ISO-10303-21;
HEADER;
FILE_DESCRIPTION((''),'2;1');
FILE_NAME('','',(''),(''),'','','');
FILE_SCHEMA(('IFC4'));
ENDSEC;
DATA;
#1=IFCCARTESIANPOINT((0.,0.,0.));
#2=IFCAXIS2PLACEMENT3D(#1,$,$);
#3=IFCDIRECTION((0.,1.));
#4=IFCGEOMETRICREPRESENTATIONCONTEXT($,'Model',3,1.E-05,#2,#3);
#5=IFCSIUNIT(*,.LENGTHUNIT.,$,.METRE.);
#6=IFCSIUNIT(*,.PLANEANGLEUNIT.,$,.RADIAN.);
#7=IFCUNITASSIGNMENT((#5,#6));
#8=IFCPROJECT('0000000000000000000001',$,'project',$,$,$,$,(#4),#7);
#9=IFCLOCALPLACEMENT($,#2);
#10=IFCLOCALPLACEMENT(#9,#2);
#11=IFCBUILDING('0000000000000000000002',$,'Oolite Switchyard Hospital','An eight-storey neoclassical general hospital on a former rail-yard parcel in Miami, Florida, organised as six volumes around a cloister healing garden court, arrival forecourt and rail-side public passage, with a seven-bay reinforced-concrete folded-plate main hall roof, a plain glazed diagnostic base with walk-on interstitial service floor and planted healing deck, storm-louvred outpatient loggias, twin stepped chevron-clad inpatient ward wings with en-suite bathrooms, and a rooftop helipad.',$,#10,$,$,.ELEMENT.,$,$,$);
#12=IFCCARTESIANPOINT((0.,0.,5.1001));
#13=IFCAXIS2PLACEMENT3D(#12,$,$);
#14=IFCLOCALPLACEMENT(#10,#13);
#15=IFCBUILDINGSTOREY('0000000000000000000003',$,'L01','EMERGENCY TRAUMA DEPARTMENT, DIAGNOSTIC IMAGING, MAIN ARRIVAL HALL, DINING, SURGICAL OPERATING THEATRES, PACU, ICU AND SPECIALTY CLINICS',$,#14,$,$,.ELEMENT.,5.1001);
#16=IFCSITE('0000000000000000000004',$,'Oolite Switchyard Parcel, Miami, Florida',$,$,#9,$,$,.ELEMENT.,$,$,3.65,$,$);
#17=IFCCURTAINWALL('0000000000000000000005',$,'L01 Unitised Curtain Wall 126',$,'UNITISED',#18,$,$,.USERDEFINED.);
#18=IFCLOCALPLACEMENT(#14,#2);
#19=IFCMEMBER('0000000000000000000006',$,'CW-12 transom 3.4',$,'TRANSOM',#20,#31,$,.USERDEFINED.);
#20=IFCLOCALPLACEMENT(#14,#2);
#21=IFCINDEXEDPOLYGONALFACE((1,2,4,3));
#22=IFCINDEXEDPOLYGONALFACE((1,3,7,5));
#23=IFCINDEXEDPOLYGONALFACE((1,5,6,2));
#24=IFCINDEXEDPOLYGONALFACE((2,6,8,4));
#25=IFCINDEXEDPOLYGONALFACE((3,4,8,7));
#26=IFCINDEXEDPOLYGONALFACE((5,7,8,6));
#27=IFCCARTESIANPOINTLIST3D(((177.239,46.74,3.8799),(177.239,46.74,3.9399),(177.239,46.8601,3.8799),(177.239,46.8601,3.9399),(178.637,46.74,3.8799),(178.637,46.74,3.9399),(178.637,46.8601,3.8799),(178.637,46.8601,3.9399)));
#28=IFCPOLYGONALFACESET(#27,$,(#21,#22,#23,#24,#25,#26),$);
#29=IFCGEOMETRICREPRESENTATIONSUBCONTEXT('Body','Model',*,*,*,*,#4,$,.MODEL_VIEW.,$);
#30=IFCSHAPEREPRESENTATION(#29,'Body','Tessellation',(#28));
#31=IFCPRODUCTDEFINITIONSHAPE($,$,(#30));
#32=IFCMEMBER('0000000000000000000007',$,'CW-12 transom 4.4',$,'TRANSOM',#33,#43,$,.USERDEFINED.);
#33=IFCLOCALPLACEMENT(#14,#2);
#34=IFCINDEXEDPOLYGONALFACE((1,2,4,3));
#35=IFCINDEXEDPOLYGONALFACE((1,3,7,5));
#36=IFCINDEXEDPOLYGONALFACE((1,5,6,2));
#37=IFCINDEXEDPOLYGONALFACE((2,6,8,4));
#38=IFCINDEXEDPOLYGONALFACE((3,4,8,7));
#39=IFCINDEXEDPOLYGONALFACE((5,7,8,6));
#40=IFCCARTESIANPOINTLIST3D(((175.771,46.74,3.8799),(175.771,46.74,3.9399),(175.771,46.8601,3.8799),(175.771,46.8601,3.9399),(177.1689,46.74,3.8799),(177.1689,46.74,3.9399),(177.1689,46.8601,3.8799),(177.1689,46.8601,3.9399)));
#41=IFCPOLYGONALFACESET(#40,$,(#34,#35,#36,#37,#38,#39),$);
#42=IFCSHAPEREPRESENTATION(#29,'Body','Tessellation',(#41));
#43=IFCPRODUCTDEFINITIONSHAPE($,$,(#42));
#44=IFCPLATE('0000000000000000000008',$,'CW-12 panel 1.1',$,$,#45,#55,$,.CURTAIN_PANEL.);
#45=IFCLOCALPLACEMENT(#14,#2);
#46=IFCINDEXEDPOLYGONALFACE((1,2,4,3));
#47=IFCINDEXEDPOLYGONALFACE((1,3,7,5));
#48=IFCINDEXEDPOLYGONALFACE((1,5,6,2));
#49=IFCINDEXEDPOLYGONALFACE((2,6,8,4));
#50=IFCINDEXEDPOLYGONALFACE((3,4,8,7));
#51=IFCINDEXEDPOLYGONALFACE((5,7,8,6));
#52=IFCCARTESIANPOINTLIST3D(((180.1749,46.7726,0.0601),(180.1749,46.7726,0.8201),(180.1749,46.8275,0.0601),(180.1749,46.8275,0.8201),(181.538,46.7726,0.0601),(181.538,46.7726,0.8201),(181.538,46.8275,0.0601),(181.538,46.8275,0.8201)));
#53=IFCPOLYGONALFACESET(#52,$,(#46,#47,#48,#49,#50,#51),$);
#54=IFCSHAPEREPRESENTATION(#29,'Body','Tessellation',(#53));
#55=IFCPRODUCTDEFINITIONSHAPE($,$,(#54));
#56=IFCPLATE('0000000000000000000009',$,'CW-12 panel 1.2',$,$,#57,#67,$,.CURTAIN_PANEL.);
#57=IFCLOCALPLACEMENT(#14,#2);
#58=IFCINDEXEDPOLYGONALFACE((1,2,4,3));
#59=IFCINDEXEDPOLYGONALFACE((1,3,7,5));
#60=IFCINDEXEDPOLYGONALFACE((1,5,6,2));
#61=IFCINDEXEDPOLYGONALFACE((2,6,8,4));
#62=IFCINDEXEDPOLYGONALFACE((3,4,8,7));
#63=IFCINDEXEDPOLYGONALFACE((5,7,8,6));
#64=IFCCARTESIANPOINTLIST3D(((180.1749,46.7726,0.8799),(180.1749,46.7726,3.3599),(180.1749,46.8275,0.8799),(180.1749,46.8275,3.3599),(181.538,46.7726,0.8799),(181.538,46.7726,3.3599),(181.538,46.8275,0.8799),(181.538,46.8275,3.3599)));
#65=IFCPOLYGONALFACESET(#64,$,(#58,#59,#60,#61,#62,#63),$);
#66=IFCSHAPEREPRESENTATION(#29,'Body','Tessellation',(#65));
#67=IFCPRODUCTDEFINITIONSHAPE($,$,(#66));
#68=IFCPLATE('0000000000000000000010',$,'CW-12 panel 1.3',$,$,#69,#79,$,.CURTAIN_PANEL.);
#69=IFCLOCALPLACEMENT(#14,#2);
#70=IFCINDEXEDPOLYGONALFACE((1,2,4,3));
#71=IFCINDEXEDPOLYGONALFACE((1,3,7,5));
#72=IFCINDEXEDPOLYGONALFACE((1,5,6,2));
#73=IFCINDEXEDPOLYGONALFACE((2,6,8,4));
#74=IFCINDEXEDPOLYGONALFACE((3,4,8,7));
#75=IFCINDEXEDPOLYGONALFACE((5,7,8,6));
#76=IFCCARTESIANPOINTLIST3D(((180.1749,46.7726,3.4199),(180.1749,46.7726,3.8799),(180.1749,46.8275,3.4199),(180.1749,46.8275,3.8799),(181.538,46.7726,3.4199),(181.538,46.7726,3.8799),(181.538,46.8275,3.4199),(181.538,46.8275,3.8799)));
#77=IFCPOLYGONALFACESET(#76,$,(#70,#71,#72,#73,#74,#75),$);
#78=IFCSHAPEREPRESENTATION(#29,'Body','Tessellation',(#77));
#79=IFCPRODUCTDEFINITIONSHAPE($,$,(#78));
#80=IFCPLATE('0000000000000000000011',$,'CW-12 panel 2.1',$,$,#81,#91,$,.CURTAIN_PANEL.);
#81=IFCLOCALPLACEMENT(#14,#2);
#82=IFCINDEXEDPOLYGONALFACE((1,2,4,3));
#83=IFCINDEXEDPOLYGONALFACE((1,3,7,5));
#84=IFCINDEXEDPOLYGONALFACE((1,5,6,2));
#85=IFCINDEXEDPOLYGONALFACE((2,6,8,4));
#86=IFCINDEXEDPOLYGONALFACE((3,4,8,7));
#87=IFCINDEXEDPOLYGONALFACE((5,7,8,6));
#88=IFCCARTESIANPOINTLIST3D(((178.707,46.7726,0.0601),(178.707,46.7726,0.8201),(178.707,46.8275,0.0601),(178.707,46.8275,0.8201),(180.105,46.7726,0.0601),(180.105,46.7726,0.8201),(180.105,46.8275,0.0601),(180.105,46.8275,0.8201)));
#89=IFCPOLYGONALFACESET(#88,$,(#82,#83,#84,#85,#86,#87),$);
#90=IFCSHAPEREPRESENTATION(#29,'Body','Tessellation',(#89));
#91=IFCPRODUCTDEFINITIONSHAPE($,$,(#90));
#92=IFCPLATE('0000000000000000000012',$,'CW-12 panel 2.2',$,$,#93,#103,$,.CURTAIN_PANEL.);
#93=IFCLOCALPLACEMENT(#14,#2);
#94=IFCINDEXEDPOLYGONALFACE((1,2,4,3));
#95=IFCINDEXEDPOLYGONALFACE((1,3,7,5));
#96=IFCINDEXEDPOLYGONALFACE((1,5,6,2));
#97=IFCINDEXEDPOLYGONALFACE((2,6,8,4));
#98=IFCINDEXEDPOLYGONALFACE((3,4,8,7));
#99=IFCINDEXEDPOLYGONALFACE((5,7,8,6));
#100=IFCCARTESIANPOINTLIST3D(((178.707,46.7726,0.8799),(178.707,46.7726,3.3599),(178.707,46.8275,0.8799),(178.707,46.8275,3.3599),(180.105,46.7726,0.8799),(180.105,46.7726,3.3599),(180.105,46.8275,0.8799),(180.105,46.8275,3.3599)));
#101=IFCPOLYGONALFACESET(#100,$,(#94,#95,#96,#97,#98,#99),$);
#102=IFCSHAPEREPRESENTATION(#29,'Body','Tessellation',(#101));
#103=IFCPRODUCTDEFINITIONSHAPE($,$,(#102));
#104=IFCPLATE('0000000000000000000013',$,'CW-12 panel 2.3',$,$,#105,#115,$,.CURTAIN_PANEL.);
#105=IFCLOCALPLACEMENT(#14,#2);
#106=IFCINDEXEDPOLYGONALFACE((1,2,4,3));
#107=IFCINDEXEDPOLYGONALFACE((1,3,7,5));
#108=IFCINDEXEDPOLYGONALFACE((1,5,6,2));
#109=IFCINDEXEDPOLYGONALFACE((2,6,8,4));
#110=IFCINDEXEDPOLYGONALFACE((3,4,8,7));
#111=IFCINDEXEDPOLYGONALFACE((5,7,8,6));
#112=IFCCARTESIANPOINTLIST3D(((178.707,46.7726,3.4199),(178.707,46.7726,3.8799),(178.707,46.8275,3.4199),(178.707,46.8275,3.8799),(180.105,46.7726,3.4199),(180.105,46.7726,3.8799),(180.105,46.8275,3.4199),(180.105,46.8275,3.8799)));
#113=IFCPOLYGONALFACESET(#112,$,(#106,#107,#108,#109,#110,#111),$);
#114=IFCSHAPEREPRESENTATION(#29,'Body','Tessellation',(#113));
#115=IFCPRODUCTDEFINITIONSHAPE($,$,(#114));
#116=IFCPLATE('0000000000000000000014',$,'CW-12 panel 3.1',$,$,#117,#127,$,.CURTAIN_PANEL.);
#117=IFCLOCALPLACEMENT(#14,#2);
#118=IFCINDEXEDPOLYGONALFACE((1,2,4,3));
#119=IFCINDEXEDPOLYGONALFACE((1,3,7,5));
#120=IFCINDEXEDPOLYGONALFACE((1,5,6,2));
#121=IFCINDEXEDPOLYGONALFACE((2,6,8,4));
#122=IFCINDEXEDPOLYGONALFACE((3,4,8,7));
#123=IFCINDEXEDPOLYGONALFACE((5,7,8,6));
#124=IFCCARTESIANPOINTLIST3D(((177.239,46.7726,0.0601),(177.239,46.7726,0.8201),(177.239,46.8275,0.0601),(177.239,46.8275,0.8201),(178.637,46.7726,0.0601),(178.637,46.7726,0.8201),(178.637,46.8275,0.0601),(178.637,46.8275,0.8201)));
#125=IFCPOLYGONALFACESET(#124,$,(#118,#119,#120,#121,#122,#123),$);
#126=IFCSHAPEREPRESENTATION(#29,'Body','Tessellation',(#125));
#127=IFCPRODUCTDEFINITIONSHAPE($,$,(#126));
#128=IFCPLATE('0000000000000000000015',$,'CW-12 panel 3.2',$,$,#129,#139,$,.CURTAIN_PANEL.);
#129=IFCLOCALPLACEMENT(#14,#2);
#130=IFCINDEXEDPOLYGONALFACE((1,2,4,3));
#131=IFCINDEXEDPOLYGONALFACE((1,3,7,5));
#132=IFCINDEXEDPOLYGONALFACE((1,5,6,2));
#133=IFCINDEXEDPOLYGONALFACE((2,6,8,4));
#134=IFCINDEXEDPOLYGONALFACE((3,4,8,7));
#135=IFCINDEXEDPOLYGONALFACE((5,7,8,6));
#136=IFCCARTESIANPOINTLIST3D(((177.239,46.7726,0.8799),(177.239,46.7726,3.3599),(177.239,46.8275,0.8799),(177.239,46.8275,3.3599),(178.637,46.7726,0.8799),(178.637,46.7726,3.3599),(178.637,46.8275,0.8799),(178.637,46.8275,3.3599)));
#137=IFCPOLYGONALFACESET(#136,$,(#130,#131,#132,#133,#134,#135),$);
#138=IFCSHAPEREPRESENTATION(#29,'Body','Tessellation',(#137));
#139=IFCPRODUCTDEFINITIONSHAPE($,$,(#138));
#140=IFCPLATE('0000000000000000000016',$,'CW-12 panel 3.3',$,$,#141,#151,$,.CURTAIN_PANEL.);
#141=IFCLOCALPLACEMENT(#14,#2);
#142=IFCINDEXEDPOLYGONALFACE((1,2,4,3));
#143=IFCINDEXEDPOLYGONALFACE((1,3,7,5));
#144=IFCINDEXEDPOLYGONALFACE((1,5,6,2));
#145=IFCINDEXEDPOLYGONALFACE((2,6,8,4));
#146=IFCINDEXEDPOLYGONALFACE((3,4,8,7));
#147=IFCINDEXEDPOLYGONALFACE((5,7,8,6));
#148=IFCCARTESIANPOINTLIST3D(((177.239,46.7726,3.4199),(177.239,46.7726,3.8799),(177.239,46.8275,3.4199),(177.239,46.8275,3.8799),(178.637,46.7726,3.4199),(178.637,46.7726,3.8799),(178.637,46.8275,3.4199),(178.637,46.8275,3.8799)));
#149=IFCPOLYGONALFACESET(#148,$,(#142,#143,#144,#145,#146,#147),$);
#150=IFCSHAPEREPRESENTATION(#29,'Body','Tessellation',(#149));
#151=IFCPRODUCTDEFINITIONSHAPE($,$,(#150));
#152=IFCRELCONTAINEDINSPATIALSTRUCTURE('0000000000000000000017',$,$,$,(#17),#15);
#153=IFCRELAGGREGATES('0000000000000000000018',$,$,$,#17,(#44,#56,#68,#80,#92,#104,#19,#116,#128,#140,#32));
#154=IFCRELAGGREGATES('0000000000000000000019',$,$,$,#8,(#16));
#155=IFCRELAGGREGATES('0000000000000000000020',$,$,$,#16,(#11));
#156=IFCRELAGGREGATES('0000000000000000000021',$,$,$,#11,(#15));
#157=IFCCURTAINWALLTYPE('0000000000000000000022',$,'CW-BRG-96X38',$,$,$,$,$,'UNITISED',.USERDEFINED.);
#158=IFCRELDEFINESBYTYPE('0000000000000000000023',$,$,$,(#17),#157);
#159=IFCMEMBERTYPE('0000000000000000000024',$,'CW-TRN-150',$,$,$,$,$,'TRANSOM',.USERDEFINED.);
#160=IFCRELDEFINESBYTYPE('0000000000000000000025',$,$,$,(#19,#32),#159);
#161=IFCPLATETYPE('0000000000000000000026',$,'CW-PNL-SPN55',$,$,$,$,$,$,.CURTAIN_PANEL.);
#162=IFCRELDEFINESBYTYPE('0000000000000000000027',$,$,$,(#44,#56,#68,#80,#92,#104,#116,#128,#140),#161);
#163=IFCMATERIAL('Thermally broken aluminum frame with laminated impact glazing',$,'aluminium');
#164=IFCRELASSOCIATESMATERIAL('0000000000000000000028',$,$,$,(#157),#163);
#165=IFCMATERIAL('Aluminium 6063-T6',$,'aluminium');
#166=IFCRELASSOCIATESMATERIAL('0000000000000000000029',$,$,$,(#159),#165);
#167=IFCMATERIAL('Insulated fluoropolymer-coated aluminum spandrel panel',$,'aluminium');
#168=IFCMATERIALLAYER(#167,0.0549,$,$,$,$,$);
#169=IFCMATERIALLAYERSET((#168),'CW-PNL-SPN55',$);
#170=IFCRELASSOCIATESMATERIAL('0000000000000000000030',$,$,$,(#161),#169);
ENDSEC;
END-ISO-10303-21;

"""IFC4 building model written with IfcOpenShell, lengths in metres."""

from ifc_helpers import new_model, si_unit, direction, frame, origin, origin_2d, place, context, subcontext, project, spatial, rectangle, extrude, material, layer, layer_set, material_profile, profile_set, type_object, element, aggregate, save


model = new_model("IFC4")

# Units and contexts
model_context = context("Model", 3, precision=1e-05, world=origin(), true_north=direction((0.0, 1.0)))
body_context = subcontext(model_context, "Body", "Model", "MODEL_VIEW")
ifc_project = project(units=[si_unit("LENGTHUNIT", "METRE"), si_unit("PLANEANGLEUNIT", "RADIAN")], contexts=[model_context])

# Site, building, storey
site_placement = place(None, origin())
site = spatial("IfcSite", under=ifc_project, at=site_placement, Name="Oolite Switchyard Parcel, Miami, Florida", CompositionType="ELEMENT", RefElevation=3.65)
building_placement = place(site_placement, origin())
building = spatial("IfcBuilding", under=site, at=building_placement, Name="Oolite Switchyard Hospital", Description="An eight-storey neoclassical general hospital on a former rail-yard parcel in Miami, Florida, organised as six volumes around a cloister healing garden court, arrival forecourt and rail-side public passage, with a seven-bay reinforced-concrete folded-plate main hall roof, a plain glazed diagnostic base with walk-on interstitial service floor and planted healing deck, storm-louvred outpatient loggias, twin stepped chevron-clad inpatient ward wings with en-suite bathrooms, and a rooftop helipad.", CompositionType="ELEMENT")
storey_placement = place(building_placement, frame((0.0, 0.0, 5.1001)))
storey = spatial("IfcBuildingStorey", under=building, at=storey_placement, Name="L01", Description="EMERGENCY TRAUMA DEPARTMENT, DIAGNOSTIC IMAGING, MAIN ARRIVAL HALL, DINING, SURGICAL OPERATING THEATRES, PACU, ICU AND SPECIALTY CLINICS", CompositionType="ELEMENT", Elevation=5.1001)

# Curtain wall, members, plates
ifc_material_1 = material(Name="Thermally broken aluminum frame with laminated impact glazing", Category="aluminium")
curtain_wall_type = type_object("IfcCurtainWallType", Name="CW-BRG-96X38", ElementType="UNITISED", PredefinedType="USERDEFINED", material=ifc_material_1)
curtain_wall_placement = place(storey_placement, origin())
curtain_wall = element("IfcCurtainWall", 1, at=curtain_wall_placement, inside=storey, type_object=curtain_wall_type, Name="L01 Unitised Curtain Wall 126", ObjectType="UNITISED", PredefinedType="USERDEFINED")
ifc_material_2 = material(Name="Aluminium 6063-T6", Category="aluminium")
ifc_material_profile_1 = material_profile(ifc_material_2, rectangle(XDim=0.1201, YDim=0.0601, at=origin_2d()), Name="CWT60X120")
ifc_profile_set_1 = profile_set([ifc_material_profile_1], Name="Aluminium 6063-T6")
member_type_1 = type_object("IfcMemberType", Name="CW-TRN-150", ElementType="TRANSOM", PredefinedType="USERDEFINED", material=ifc_profile_set_1)
member_1_placement = place(storey_placement, frame((178.637, 46.8, 3.9099), z_axis=(-1.0, 0.0, 0.0), x_axis=(0.0, -1.0, 0.0)))
member_1 = element("IfcMember", 2, at=member_1_placement, type_object=member_type_1, Name="CW-12 transom 3.4", ObjectType="TRANSOM", PredefinedType="USERDEFINED", context=body_context, shape_type="SweptSolid", body=[
    extrude(rectangle(XDim=0.1201, YDim=0.0601, at=origin_2d()), origin(), (0.0, 0.0, 1.0), 1.3979),
])
member_2_placement = place(storey_placement, frame((177.1689, 46.8, 3.9099), z_axis=(-1.0, 0.0, 0.0), x_axis=(0.0, -1.0, 0.0)))
member_2 = element("IfcMember", 3, at=member_2_placement, type_object=member_type_1, Name="CW-12 transom 4.4", ObjectType="TRANSOM", PredefinedType="USERDEFINED", context=body_context, shape_type="SweptSolid", body=[
    extrude(rectangle(XDim=0.1201, YDim=0.0601, at=origin_2d()), origin(), (0.0, 0.0, 1.0), 1.3979),
])
ifc_material_3 = material(Name="Insulated fluoropolymer-coated aluminum spandrel panel", Category="aluminium")
ifc_layer = layer(ifc_material_3, 0.0549)
ifc_layer_set = layer_set([ifc_layer], Name="CW-PNL-SPN55")
plate_type = type_object("IfcPlateType", Name="CW-PNL-SPN55", PredefinedType="CURTAIN_PANEL", material=ifc_layer_set)
plate_1_placement = place(storey_placement, frame((180.8564, 46.8, 0.0601), z_axis=(0.0, 0.0, 1.0), x_axis=(-1.0, 0.0, 0.0)))
plate_1 = element("IfcPlate", 4, at=plate_1_placement, type_object=plate_type, Name="CW-12 panel 1.1", PredefinedType="CURTAIN_PANEL", context=body_context, shape_type="SweptSolid", body=[
    extrude(rectangle(XDim=1.363, YDim=0.0549, at=origin_2d()), origin(), (0.0, 0.0, 1.0), 0.76),
])
plate_2_placement = place(storey_placement, frame((180.8564, 46.8, 0.8799), z_axis=(0.0, 0.0, 1.0), x_axis=(-1.0, 0.0, 0.0)))
plate_2 = element("IfcPlate", 5, at=plate_2_placement, type_object=plate_type, Name="CW-12 panel 1.2", PredefinedType="CURTAIN_PANEL", context=body_context, shape_type="SweptSolid", body=[
    extrude(rectangle(XDim=1.363, YDim=0.0549, at=origin_2d()), origin(), (0.0, 0.0, 1.0), 2.48),
])
plate_3_placement = place(storey_placement, frame((180.8564, 46.8, 3.4199), z_axis=(0.0, 0.0, 1.0), x_axis=(-1.0, 0.0, 0.0)))
plate_3 = element("IfcPlate", 6, at=plate_3_placement, type_object=plate_type, Name="CW-12 panel 1.3", PredefinedType="CURTAIN_PANEL", context=body_context, shape_type="SweptSolid", body=[
    extrude(rectangle(XDim=1.363, YDim=0.0549, at=origin_2d()), origin(), (0.0, 0.0, 1.0), 0.46),
])
plate_4_placement = place(storey_placement, frame((179.406, 46.8, 0.0601), z_axis=(0.0, 0.0, 1.0), x_axis=(-1.0, 0.0, 0.0)))
plate_4 = element("IfcPlate", 7, at=plate_4_placement, type_object=plate_type, Name="CW-12 panel 2.1", PredefinedType="CURTAIN_PANEL", context=body_context, shape_type="SweptSolid", body=[
    extrude(rectangle(XDim=1.3979, YDim=0.0549, at=origin_2d()), origin(), (0.0, 0.0, 1.0), 0.76),
])
plate_5_placement = place(storey_placement, frame((179.406, 46.8, 0.8799), z_axis=(0.0, 0.0, 1.0), x_axis=(-1.0, 0.0, 0.0)))
plate_5 = element("IfcPlate", 8, at=plate_5_placement, type_object=plate_type, Name="CW-12 panel 2.2", PredefinedType="CURTAIN_PANEL", context=body_context, shape_type="SweptSolid", body=[
    extrude(rectangle(XDim=1.3979, YDim=0.0549, at=origin_2d()), origin(), (0.0, 0.0, 1.0), 2.48),
])
plate_6_placement = place(storey_placement, frame((179.406, 46.8, 3.4199), z_axis=(0.0, 0.0, 1.0), x_axis=(-1.0, 0.0, 0.0)))
plate_6 = element("IfcPlate", 9, at=plate_6_placement, type_object=plate_type, Name="CW-12 panel 2.3", PredefinedType="CURTAIN_PANEL", context=body_context, shape_type="SweptSolid", body=[
    extrude(rectangle(XDim=1.3979, YDim=0.0549, at=origin_2d()), origin(), (0.0, 0.0, 1.0), 0.46),
])
plate_7_placement = place(storey_placement, frame((177.938, 46.8, 0.0601), z_axis=(0.0, 0.0, 1.0), x_axis=(-1.0, 0.0, 0.0)))
plate_7 = element("IfcPlate", 10, at=plate_7_placement, type_object=plate_type, Name="CW-12 panel 3.1", PredefinedType="CURTAIN_PANEL", context=body_context, shape_type="SweptSolid", body=[
    extrude(rectangle(XDim=1.3979, YDim=0.0549, at=origin_2d()), origin(), (0.0, 0.0, 1.0), 0.76),
])
plate_8_placement = place(storey_placement, frame((177.938, 46.8, 0.8799), z_axis=(0.0, 0.0, 1.0), x_axis=(-1.0, 0.0, 0.0)))
plate_8 = element("IfcPlate", 11, at=plate_8_placement, type_object=plate_type, Name="CW-12 panel 3.2", PredefinedType="CURTAIN_PANEL", context=body_context, shape_type="SweptSolid", body=[
    extrude(rectangle(XDim=1.3979, YDim=0.0549, at=origin_2d()), origin(), (0.0, 0.0, 1.0), 2.48),
])
plate_9_placement = place(storey_placement, frame((177.938, 46.8, 3.4199), z_axis=(0.0, 0.0, 1.0), x_axis=(-1.0, 0.0, 0.0)))
plate_9 = element("IfcPlate", 12, at=plate_9_placement, type_object=plate_type, Name="CW-12 panel 3.3", PredefinedType="CURTAIN_PANEL", context=body_context, shape_type="SweptSolid", body=[
    extrude(rectangle(XDim=1.3979, YDim=0.0549, at=origin_2d()), origin(), (0.0, 0.0, 1.0), 0.46),
])
aggregate(curtain_wall, [plate_1, plate_2, plate_3, plate_4, plate_5, plate_6, member_1, plate_7, plate_8, plate_9, member_2])

save(model, "model.ifc")
